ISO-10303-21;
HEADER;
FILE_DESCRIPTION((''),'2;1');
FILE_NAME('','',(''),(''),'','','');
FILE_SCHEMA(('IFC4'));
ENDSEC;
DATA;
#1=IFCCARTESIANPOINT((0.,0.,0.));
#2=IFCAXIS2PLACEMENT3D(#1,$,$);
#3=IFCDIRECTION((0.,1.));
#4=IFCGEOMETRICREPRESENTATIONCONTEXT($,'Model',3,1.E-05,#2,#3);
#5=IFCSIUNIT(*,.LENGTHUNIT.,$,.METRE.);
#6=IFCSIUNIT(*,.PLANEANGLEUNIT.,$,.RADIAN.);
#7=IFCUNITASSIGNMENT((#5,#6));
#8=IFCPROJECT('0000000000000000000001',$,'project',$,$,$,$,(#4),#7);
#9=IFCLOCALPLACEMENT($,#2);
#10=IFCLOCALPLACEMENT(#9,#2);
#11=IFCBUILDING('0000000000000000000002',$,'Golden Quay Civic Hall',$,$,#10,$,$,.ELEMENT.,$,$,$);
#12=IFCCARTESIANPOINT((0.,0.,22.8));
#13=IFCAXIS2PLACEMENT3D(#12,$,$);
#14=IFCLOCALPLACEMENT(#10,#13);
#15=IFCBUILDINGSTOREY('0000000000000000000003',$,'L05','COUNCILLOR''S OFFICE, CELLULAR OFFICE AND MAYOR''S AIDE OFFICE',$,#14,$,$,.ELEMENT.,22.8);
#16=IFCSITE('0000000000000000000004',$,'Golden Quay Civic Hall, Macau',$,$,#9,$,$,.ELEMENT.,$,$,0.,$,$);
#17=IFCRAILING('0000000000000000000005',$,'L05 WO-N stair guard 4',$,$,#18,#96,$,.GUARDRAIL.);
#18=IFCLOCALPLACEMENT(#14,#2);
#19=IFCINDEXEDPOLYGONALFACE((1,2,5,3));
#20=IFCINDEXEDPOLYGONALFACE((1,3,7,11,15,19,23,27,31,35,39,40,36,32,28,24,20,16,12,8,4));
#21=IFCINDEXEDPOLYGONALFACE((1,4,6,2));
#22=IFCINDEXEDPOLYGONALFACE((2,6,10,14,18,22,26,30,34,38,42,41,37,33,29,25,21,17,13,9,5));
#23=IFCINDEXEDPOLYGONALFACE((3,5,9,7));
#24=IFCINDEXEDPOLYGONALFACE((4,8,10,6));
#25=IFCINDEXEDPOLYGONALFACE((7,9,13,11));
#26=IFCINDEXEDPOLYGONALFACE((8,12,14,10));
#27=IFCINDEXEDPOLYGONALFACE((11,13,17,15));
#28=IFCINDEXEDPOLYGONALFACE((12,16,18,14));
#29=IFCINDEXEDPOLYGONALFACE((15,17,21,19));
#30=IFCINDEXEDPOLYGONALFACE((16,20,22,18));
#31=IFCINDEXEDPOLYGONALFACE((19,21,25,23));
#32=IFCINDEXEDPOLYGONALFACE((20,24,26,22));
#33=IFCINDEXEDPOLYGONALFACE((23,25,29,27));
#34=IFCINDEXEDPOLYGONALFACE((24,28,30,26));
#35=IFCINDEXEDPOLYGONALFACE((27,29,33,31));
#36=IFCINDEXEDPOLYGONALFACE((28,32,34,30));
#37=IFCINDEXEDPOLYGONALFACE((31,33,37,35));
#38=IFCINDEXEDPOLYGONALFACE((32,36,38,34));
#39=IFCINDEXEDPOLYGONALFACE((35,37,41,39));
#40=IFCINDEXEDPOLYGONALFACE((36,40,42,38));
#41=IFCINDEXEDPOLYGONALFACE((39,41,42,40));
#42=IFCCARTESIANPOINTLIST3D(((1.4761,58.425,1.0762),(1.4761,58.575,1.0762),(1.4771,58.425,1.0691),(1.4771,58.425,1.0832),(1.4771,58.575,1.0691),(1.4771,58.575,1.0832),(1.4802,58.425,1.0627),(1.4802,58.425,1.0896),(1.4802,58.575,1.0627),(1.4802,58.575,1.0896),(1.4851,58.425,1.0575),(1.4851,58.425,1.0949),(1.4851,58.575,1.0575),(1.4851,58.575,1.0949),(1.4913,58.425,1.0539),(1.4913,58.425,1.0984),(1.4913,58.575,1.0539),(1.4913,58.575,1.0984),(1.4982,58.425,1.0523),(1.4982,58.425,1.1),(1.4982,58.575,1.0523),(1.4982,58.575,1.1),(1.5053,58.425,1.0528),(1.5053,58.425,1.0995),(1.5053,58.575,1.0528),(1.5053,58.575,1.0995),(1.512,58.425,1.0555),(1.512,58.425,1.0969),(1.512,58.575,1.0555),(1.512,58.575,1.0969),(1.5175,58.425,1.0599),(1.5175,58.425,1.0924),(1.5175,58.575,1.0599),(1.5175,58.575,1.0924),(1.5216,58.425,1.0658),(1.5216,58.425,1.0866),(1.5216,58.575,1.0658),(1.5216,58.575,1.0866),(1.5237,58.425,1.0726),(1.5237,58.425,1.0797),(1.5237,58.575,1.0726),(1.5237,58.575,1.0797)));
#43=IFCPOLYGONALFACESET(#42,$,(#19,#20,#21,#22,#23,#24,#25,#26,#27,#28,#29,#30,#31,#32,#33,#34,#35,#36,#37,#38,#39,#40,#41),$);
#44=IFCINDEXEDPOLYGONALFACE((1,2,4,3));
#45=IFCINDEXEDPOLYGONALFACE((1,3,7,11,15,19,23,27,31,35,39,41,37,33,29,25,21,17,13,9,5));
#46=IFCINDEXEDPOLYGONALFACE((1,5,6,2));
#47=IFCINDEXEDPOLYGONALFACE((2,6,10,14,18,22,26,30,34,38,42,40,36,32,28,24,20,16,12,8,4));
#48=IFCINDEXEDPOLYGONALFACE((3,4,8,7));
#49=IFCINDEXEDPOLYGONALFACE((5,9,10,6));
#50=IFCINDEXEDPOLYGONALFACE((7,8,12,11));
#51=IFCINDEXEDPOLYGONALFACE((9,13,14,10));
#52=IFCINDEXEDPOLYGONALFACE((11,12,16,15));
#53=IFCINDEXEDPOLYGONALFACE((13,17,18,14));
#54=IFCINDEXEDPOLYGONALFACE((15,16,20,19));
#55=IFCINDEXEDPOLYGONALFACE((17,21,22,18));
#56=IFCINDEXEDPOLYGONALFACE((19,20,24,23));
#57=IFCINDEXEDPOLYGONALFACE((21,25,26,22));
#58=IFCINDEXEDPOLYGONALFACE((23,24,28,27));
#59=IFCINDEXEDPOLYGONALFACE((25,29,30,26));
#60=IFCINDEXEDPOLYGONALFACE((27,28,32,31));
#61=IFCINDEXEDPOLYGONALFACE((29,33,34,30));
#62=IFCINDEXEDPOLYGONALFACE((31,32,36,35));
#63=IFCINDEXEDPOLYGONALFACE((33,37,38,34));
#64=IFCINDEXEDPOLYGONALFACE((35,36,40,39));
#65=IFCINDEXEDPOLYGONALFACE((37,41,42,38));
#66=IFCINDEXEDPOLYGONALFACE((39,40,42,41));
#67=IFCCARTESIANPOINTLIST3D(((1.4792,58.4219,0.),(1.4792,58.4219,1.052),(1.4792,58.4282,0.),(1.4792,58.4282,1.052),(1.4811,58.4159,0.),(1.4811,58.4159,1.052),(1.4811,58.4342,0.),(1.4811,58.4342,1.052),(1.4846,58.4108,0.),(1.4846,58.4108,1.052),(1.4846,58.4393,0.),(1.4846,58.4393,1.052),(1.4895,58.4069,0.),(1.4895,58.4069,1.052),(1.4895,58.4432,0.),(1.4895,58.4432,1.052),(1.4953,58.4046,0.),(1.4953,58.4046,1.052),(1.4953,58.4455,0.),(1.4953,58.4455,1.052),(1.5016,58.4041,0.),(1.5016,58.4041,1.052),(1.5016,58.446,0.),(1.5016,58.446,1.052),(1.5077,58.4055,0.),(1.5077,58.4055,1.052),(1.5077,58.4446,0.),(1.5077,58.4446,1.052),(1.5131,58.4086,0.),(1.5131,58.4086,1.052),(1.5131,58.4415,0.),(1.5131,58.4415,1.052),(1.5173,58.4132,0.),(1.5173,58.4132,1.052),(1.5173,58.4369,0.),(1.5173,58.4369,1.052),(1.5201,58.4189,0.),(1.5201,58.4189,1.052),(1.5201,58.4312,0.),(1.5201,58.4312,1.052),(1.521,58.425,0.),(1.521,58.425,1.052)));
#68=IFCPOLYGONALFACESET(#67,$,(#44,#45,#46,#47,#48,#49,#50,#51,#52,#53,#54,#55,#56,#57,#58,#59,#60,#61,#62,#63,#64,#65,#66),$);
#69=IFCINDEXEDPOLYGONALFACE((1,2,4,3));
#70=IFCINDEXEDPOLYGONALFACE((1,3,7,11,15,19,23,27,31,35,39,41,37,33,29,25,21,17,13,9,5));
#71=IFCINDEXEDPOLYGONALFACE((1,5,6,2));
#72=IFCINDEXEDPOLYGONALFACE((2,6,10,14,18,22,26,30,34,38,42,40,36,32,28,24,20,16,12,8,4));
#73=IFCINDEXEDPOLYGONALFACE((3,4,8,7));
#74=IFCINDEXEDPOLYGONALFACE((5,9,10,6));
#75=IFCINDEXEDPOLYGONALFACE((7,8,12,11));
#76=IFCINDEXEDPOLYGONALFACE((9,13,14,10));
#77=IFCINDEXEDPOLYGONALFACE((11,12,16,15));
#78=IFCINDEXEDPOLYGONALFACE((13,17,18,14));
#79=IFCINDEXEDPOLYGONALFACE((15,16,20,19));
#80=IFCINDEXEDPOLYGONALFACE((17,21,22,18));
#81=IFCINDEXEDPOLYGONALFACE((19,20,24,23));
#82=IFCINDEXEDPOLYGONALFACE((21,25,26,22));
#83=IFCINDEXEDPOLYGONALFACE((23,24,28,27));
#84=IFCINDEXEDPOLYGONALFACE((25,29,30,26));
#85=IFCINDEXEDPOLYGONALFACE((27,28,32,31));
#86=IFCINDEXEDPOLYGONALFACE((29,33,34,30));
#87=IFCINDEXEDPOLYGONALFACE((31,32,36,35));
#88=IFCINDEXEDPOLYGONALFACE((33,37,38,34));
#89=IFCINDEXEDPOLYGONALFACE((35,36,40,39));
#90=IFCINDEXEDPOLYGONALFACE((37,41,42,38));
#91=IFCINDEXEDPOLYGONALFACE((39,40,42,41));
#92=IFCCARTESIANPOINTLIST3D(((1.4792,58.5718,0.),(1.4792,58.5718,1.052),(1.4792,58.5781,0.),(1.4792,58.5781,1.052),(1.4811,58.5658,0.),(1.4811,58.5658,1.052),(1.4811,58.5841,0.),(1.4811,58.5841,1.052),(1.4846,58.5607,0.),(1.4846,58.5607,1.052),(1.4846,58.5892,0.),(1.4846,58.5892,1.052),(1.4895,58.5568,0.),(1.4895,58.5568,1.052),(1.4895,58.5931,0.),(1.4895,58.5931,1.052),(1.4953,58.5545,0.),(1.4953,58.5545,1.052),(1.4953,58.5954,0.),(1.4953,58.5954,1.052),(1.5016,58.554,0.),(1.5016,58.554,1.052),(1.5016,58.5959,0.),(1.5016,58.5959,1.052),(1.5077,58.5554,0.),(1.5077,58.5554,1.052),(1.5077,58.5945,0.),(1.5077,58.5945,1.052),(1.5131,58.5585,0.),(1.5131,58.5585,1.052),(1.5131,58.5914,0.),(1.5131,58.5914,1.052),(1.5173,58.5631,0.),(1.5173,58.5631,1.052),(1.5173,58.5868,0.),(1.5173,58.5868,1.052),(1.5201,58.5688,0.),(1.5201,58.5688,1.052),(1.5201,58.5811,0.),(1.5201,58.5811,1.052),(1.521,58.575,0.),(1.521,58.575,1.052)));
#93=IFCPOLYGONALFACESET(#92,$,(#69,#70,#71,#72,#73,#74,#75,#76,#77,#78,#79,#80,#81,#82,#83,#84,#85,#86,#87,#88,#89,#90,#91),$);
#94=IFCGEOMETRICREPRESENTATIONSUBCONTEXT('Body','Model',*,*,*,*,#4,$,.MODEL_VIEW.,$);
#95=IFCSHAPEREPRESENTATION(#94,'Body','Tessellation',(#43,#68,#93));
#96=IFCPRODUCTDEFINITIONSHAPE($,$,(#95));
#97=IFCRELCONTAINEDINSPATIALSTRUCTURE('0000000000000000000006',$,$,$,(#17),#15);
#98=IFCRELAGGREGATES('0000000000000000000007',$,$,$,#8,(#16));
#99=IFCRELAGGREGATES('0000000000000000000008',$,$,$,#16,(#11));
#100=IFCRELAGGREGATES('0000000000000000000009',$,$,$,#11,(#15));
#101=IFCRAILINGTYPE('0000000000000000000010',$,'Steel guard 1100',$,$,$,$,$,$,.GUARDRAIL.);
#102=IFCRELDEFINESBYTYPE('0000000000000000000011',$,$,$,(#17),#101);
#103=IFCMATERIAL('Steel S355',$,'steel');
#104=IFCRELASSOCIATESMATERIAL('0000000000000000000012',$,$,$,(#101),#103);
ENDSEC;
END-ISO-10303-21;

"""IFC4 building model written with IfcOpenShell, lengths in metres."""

from ifc_helpers import new_model, si_unit, direction, frame, origin, origin_2d, place, context, subcontext, project, spatial, circle, extrude, material, type_object, element, save


model = new_model("IFC4")

# Units and contexts
model_context = context("Model", 3, precision=1e-05, world=origin(), true_north=direction((0.0, 1.0)))
body_context = subcontext(model_context, "Body", "Model", "MODEL_VIEW")
ifc_project = project(units=[si_unit("LENGTHUNIT", "METRE"), si_unit("PLANEANGLEUNIT", "RADIAN")], contexts=[model_context])

# Site, building, storey
site_placement = place(None, origin())
site = spatial("IfcSite", under=ifc_project, at=site_placement, Name="Golden Quay Civic Hall, Macau", CompositionType="ELEMENT", RefElevation=0.0)
building_placement = place(site_placement, origin())
building = spatial("IfcBuilding", under=site, at=building_placement, Name="Golden Quay Civic Hall", CompositionType="ELEMENT")
storey_placement = place(building_placement, frame((0.0, 0.0, 22.8)))
storey = spatial("IfcBuildingStorey", under=building, at=storey_placement, Name="L05", Description="COUNCILLOR'S OFFICE, CELLULAR OFFICE AND MAYOR'S AIDE OFFICE", CompositionType="ELEMENT", Elevation=22.8)

# Railing
ifc_material_1 = material(Name="Steel S355", Category="steel")
railing_type_1 = type_object("IfcRailingType", Name="Steel guard 1100", PredefinedType="GUARDRAIL", material=ifc_material_1)
railing_1_placement = place(storey_placement, frame((1.5, 58.425, 0.0)))
element("IfcRailing", 1, at=railing_1_placement, inside=storey, type_object=railing_type_1, Name="L05 WO-N stair guard 4", PredefinedType="GUARDRAIL", context=body_context, shape_type="SweptSolid", body=[
    extrude(circle(Radius=0.0239, at=origin_2d()), frame((0.0, 0.0, 1.0762), z_axis=(0.0, 1.0, 0.0), x_axis=(-1.0, 0.0, 0.0)), (0.0, 0.0, 1.0), 0.1499),
    extrude(circle(Radius=0.021, at=origin_2d()), origin(), (0.0, 0.0, 1.0), 1.052),
    extrude(circle(Radius=0.021, at=origin_2d()), frame((0.0, 0.1499, 0.0)), (0.0, 0.0, 1.0), 1.052),
])

save(model, "model.ifc")
